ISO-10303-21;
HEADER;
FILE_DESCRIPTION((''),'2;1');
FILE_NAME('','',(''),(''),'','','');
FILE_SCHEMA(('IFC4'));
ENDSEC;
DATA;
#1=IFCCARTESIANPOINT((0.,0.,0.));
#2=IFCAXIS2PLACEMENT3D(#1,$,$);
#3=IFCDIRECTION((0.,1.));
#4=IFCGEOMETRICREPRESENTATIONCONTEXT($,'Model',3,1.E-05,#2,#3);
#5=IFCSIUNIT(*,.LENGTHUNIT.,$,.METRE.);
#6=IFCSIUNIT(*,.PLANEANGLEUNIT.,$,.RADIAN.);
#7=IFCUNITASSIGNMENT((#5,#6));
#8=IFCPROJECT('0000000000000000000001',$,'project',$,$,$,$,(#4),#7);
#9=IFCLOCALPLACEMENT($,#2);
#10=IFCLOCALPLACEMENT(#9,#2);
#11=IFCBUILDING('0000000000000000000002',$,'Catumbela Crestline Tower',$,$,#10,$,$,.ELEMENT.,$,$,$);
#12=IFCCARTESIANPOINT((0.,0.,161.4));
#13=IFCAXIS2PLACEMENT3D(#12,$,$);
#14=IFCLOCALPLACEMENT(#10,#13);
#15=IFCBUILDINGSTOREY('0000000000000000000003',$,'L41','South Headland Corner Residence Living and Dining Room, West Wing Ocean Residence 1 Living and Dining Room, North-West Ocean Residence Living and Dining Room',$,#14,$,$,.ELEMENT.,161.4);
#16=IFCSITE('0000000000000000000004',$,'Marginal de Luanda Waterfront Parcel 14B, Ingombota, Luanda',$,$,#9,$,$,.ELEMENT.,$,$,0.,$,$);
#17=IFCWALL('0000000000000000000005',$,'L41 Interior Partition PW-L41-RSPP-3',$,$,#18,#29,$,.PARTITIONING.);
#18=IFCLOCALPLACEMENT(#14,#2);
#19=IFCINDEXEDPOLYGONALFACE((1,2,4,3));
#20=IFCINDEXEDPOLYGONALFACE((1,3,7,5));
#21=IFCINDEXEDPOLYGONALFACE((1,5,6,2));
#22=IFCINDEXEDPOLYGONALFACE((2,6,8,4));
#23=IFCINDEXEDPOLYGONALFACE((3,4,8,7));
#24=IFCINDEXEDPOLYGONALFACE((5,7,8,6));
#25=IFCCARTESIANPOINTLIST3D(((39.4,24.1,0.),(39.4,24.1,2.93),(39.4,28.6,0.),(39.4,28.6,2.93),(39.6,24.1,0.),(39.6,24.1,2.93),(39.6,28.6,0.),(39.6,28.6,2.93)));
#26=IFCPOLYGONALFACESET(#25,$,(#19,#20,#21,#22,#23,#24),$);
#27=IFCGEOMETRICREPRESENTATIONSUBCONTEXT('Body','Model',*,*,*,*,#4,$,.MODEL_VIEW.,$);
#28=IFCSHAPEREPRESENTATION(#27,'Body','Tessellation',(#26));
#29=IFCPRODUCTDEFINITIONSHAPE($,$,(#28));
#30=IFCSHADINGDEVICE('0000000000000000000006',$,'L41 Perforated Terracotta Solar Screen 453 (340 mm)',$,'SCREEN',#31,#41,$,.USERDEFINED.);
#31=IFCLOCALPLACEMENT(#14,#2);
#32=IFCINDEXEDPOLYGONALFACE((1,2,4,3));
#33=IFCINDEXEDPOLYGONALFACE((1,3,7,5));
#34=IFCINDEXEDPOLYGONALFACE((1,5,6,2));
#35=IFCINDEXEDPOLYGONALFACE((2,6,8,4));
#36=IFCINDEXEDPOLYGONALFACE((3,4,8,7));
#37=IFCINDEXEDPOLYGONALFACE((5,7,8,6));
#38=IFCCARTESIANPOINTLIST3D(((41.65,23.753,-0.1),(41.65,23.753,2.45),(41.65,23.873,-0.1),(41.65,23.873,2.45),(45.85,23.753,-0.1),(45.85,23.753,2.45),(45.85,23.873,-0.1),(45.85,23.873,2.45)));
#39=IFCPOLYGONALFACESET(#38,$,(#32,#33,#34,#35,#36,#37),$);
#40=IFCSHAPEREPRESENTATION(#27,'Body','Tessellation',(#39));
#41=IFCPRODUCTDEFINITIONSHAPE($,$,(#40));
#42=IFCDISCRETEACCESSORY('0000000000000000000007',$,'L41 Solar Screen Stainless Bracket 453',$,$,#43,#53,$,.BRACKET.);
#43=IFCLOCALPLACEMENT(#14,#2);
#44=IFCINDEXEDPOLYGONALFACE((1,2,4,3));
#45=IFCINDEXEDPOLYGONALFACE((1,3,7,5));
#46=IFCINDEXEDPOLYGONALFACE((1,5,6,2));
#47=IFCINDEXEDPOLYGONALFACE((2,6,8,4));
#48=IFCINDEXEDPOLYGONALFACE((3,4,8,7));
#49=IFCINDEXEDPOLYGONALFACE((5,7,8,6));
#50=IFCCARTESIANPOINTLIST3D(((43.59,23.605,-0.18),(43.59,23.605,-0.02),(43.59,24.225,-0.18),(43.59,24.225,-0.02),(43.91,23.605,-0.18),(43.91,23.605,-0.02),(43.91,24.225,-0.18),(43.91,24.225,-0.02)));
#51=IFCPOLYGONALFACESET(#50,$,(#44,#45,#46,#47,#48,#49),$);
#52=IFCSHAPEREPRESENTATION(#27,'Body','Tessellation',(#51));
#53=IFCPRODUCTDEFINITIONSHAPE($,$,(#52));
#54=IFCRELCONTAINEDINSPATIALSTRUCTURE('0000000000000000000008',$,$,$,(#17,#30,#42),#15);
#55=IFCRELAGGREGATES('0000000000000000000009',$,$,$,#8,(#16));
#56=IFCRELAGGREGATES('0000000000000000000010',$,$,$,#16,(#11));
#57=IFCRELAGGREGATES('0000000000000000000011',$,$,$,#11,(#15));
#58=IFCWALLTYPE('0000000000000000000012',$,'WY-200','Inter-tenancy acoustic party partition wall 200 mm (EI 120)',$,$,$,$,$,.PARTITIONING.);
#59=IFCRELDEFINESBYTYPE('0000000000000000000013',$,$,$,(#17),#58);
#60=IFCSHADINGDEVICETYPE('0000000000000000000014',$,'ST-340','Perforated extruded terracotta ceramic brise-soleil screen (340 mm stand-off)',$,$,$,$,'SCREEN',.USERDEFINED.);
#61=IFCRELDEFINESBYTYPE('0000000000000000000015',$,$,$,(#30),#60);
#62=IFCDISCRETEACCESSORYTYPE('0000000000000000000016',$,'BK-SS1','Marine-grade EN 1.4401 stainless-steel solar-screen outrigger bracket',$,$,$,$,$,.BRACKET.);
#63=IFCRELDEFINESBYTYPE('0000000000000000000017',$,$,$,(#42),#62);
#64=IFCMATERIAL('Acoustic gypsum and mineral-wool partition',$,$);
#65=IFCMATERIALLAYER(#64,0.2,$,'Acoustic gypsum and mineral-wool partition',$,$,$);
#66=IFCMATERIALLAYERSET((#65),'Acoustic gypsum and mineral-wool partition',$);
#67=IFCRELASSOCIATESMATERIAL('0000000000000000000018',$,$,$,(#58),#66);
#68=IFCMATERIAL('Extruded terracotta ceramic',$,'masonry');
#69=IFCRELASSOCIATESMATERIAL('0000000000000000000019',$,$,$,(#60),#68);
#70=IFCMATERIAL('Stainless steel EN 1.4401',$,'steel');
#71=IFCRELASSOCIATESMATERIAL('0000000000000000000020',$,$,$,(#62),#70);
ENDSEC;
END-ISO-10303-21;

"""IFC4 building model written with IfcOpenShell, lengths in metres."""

from ifc_helpers import new_model, si_unit, direction, frame, frame_2d, origin, origin_2d, place, context, subcontext, project, spatial, rectangle, extrude, material, layer, layer_set, type_object, element, save


model = new_model("IFC4")

# Units and contexts
model_context = context("Model", 3, precision=1e-05, world=origin(), true_north=direction((0.0, 1.0)))
body_context = subcontext(model_context, "Body", "Model", "MODEL_VIEW")
ifc_project = project(units=[si_unit("LENGTHUNIT", "METRE"), si_unit("PLANEANGLEUNIT", "RADIAN")], contexts=[model_context])

# Site, building, storey
site_placement = place(None, origin())
site = spatial("IfcSite", under=ifc_project, at=site_placement, Name="Marginal de Luanda Waterfront Parcel 14B, Ingombota, Luanda", CompositionType="ELEMENT", RefElevation=0.0)
building_placement = place(site_placement, origin())
building = spatial("IfcBuilding", under=site, at=building_placement, Name="Catumbela Crestline Tower", CompositionType="ELEMENT")
storey_placement = place(building_placement, frame((0.0, 0.0, 161.4)))
storey = spatial("IfcBuildingStorey", under=building, at=storey_placement, Name="L41", Description="South Headland Corner Residence Living and Dining Room, West Wing Ocean Residence 1 Living and Dining Room, North-West Ocean Residence Living and Dining Room", CompositionType="ELEMENT", Elevation=161.4)

# Shared definitions
ifc_material_1 = material(Name="Acoustic gypsum and mineral-wool partition")

# Wall
ifc_layer_1 = layer(ifc_material_1, 0.2, Name="Acoustic gypsum and mineral-wool partition")
ifc_layer_set_1 = layer_set([ifc_layer_1], Name="Acoustic gypsum and mineral-wool partition")
wall_type_1 = type_object("IfcWallType", Name="WY-200", Description="Inter-tenancy acoustic party partition wall 200 mm (EI 120)", PredefinedType="PARTITIONING", material=ifc_layer_set_1)
wall_1_placement = place(storey_placement, frame((39.5, 24.1, 0.0), z_axis=(0.0, 0.0, 1.0), x_axis=(0.0, 1.0, 0.0)))
element("IfcWall", 1, at=wall_1_placement, inside=storey, type_object=wall_type_1, Name="L41 Interior Partition PW-L41-RSPP-3", PredefinedType="PARTITIONING", context=body_context, shape_type="SweptSolid", body=[
    extrude(rectangle(XDim=4.5, YDim=0.2, at=frame_2d((2.25, 0.0))), origin(), (0.0, 0.0, 1.0), 2.93),
])

# Shading device
ifc_material_2 = material(Name="Extruded terracotta ceramic", Category="masonry")
shading_device_type = type_object("IfcShadingDeviceType", Name="ST-340", Description="Perforated extruded terracotta ceramic brise-soleil screen (340 mm stand-off)", ElementType="SCREEN", PredefinedType="USERDEFINED", material=ifc_material_2)
shading_device_placement = place(storey_placement, frame((43.75, 23.813, -0.1), z_axis=(0.0, 0.0, 1.0), x_axis=(1.0, 0.0, 0.0)))
element("IfcShadingDevice", 2, at=shading_device_placement, inside=storey, type_object=shading_device_type, Name="L41 Perforated Terracotta Solar Screen 453 (340 mm)", ObjectType="SCREEN", PredefinedType="USERDEFINED", context=body_context, shape_type="SweptSolid", body=[
    extrude(rectangle(XDim=4.2, YDim=0.12, at=origin_2d()), origin(), (0.0, 0.0, 1.0), 2.55),
])

# Discrete accessory
ifc_material_3 = material(Name="Stainless steel EN 1.4401", Category="steel")
discrete_accessory_type = type_object("IfcDiscreteAccessoryType", Name="BK-SS1", Description="Marine-grade EN 1.4401 stainless-steel solar-screen outrigger bracket", PredefinedType="BRACKET", material=ifc_material_3)
discrete_accessory_placement = place(storey_placement, frame((43.75, 23.915, -0.18), z_axis=(0.0, 0.0, 1.0), x_axis=(1.0, 0.0, 0.0)))
element("IfcDiscreteAccessory", 3, at=discrete_accessory_placement, inside=storey, type_object=discrete_accessory_type, Name="L41 Solar Screen Stainless Bracket 453", PredefinedType="BRACKET", context=body_context, shape_type="SweptSolid", body=[
    extrude(rectangle(XDim=0.32, YDim=0.62, at=origin_2d()), origin(), (0.0, 0.0, 1.0), 0.16),
])

save(model, "model.ifc")
